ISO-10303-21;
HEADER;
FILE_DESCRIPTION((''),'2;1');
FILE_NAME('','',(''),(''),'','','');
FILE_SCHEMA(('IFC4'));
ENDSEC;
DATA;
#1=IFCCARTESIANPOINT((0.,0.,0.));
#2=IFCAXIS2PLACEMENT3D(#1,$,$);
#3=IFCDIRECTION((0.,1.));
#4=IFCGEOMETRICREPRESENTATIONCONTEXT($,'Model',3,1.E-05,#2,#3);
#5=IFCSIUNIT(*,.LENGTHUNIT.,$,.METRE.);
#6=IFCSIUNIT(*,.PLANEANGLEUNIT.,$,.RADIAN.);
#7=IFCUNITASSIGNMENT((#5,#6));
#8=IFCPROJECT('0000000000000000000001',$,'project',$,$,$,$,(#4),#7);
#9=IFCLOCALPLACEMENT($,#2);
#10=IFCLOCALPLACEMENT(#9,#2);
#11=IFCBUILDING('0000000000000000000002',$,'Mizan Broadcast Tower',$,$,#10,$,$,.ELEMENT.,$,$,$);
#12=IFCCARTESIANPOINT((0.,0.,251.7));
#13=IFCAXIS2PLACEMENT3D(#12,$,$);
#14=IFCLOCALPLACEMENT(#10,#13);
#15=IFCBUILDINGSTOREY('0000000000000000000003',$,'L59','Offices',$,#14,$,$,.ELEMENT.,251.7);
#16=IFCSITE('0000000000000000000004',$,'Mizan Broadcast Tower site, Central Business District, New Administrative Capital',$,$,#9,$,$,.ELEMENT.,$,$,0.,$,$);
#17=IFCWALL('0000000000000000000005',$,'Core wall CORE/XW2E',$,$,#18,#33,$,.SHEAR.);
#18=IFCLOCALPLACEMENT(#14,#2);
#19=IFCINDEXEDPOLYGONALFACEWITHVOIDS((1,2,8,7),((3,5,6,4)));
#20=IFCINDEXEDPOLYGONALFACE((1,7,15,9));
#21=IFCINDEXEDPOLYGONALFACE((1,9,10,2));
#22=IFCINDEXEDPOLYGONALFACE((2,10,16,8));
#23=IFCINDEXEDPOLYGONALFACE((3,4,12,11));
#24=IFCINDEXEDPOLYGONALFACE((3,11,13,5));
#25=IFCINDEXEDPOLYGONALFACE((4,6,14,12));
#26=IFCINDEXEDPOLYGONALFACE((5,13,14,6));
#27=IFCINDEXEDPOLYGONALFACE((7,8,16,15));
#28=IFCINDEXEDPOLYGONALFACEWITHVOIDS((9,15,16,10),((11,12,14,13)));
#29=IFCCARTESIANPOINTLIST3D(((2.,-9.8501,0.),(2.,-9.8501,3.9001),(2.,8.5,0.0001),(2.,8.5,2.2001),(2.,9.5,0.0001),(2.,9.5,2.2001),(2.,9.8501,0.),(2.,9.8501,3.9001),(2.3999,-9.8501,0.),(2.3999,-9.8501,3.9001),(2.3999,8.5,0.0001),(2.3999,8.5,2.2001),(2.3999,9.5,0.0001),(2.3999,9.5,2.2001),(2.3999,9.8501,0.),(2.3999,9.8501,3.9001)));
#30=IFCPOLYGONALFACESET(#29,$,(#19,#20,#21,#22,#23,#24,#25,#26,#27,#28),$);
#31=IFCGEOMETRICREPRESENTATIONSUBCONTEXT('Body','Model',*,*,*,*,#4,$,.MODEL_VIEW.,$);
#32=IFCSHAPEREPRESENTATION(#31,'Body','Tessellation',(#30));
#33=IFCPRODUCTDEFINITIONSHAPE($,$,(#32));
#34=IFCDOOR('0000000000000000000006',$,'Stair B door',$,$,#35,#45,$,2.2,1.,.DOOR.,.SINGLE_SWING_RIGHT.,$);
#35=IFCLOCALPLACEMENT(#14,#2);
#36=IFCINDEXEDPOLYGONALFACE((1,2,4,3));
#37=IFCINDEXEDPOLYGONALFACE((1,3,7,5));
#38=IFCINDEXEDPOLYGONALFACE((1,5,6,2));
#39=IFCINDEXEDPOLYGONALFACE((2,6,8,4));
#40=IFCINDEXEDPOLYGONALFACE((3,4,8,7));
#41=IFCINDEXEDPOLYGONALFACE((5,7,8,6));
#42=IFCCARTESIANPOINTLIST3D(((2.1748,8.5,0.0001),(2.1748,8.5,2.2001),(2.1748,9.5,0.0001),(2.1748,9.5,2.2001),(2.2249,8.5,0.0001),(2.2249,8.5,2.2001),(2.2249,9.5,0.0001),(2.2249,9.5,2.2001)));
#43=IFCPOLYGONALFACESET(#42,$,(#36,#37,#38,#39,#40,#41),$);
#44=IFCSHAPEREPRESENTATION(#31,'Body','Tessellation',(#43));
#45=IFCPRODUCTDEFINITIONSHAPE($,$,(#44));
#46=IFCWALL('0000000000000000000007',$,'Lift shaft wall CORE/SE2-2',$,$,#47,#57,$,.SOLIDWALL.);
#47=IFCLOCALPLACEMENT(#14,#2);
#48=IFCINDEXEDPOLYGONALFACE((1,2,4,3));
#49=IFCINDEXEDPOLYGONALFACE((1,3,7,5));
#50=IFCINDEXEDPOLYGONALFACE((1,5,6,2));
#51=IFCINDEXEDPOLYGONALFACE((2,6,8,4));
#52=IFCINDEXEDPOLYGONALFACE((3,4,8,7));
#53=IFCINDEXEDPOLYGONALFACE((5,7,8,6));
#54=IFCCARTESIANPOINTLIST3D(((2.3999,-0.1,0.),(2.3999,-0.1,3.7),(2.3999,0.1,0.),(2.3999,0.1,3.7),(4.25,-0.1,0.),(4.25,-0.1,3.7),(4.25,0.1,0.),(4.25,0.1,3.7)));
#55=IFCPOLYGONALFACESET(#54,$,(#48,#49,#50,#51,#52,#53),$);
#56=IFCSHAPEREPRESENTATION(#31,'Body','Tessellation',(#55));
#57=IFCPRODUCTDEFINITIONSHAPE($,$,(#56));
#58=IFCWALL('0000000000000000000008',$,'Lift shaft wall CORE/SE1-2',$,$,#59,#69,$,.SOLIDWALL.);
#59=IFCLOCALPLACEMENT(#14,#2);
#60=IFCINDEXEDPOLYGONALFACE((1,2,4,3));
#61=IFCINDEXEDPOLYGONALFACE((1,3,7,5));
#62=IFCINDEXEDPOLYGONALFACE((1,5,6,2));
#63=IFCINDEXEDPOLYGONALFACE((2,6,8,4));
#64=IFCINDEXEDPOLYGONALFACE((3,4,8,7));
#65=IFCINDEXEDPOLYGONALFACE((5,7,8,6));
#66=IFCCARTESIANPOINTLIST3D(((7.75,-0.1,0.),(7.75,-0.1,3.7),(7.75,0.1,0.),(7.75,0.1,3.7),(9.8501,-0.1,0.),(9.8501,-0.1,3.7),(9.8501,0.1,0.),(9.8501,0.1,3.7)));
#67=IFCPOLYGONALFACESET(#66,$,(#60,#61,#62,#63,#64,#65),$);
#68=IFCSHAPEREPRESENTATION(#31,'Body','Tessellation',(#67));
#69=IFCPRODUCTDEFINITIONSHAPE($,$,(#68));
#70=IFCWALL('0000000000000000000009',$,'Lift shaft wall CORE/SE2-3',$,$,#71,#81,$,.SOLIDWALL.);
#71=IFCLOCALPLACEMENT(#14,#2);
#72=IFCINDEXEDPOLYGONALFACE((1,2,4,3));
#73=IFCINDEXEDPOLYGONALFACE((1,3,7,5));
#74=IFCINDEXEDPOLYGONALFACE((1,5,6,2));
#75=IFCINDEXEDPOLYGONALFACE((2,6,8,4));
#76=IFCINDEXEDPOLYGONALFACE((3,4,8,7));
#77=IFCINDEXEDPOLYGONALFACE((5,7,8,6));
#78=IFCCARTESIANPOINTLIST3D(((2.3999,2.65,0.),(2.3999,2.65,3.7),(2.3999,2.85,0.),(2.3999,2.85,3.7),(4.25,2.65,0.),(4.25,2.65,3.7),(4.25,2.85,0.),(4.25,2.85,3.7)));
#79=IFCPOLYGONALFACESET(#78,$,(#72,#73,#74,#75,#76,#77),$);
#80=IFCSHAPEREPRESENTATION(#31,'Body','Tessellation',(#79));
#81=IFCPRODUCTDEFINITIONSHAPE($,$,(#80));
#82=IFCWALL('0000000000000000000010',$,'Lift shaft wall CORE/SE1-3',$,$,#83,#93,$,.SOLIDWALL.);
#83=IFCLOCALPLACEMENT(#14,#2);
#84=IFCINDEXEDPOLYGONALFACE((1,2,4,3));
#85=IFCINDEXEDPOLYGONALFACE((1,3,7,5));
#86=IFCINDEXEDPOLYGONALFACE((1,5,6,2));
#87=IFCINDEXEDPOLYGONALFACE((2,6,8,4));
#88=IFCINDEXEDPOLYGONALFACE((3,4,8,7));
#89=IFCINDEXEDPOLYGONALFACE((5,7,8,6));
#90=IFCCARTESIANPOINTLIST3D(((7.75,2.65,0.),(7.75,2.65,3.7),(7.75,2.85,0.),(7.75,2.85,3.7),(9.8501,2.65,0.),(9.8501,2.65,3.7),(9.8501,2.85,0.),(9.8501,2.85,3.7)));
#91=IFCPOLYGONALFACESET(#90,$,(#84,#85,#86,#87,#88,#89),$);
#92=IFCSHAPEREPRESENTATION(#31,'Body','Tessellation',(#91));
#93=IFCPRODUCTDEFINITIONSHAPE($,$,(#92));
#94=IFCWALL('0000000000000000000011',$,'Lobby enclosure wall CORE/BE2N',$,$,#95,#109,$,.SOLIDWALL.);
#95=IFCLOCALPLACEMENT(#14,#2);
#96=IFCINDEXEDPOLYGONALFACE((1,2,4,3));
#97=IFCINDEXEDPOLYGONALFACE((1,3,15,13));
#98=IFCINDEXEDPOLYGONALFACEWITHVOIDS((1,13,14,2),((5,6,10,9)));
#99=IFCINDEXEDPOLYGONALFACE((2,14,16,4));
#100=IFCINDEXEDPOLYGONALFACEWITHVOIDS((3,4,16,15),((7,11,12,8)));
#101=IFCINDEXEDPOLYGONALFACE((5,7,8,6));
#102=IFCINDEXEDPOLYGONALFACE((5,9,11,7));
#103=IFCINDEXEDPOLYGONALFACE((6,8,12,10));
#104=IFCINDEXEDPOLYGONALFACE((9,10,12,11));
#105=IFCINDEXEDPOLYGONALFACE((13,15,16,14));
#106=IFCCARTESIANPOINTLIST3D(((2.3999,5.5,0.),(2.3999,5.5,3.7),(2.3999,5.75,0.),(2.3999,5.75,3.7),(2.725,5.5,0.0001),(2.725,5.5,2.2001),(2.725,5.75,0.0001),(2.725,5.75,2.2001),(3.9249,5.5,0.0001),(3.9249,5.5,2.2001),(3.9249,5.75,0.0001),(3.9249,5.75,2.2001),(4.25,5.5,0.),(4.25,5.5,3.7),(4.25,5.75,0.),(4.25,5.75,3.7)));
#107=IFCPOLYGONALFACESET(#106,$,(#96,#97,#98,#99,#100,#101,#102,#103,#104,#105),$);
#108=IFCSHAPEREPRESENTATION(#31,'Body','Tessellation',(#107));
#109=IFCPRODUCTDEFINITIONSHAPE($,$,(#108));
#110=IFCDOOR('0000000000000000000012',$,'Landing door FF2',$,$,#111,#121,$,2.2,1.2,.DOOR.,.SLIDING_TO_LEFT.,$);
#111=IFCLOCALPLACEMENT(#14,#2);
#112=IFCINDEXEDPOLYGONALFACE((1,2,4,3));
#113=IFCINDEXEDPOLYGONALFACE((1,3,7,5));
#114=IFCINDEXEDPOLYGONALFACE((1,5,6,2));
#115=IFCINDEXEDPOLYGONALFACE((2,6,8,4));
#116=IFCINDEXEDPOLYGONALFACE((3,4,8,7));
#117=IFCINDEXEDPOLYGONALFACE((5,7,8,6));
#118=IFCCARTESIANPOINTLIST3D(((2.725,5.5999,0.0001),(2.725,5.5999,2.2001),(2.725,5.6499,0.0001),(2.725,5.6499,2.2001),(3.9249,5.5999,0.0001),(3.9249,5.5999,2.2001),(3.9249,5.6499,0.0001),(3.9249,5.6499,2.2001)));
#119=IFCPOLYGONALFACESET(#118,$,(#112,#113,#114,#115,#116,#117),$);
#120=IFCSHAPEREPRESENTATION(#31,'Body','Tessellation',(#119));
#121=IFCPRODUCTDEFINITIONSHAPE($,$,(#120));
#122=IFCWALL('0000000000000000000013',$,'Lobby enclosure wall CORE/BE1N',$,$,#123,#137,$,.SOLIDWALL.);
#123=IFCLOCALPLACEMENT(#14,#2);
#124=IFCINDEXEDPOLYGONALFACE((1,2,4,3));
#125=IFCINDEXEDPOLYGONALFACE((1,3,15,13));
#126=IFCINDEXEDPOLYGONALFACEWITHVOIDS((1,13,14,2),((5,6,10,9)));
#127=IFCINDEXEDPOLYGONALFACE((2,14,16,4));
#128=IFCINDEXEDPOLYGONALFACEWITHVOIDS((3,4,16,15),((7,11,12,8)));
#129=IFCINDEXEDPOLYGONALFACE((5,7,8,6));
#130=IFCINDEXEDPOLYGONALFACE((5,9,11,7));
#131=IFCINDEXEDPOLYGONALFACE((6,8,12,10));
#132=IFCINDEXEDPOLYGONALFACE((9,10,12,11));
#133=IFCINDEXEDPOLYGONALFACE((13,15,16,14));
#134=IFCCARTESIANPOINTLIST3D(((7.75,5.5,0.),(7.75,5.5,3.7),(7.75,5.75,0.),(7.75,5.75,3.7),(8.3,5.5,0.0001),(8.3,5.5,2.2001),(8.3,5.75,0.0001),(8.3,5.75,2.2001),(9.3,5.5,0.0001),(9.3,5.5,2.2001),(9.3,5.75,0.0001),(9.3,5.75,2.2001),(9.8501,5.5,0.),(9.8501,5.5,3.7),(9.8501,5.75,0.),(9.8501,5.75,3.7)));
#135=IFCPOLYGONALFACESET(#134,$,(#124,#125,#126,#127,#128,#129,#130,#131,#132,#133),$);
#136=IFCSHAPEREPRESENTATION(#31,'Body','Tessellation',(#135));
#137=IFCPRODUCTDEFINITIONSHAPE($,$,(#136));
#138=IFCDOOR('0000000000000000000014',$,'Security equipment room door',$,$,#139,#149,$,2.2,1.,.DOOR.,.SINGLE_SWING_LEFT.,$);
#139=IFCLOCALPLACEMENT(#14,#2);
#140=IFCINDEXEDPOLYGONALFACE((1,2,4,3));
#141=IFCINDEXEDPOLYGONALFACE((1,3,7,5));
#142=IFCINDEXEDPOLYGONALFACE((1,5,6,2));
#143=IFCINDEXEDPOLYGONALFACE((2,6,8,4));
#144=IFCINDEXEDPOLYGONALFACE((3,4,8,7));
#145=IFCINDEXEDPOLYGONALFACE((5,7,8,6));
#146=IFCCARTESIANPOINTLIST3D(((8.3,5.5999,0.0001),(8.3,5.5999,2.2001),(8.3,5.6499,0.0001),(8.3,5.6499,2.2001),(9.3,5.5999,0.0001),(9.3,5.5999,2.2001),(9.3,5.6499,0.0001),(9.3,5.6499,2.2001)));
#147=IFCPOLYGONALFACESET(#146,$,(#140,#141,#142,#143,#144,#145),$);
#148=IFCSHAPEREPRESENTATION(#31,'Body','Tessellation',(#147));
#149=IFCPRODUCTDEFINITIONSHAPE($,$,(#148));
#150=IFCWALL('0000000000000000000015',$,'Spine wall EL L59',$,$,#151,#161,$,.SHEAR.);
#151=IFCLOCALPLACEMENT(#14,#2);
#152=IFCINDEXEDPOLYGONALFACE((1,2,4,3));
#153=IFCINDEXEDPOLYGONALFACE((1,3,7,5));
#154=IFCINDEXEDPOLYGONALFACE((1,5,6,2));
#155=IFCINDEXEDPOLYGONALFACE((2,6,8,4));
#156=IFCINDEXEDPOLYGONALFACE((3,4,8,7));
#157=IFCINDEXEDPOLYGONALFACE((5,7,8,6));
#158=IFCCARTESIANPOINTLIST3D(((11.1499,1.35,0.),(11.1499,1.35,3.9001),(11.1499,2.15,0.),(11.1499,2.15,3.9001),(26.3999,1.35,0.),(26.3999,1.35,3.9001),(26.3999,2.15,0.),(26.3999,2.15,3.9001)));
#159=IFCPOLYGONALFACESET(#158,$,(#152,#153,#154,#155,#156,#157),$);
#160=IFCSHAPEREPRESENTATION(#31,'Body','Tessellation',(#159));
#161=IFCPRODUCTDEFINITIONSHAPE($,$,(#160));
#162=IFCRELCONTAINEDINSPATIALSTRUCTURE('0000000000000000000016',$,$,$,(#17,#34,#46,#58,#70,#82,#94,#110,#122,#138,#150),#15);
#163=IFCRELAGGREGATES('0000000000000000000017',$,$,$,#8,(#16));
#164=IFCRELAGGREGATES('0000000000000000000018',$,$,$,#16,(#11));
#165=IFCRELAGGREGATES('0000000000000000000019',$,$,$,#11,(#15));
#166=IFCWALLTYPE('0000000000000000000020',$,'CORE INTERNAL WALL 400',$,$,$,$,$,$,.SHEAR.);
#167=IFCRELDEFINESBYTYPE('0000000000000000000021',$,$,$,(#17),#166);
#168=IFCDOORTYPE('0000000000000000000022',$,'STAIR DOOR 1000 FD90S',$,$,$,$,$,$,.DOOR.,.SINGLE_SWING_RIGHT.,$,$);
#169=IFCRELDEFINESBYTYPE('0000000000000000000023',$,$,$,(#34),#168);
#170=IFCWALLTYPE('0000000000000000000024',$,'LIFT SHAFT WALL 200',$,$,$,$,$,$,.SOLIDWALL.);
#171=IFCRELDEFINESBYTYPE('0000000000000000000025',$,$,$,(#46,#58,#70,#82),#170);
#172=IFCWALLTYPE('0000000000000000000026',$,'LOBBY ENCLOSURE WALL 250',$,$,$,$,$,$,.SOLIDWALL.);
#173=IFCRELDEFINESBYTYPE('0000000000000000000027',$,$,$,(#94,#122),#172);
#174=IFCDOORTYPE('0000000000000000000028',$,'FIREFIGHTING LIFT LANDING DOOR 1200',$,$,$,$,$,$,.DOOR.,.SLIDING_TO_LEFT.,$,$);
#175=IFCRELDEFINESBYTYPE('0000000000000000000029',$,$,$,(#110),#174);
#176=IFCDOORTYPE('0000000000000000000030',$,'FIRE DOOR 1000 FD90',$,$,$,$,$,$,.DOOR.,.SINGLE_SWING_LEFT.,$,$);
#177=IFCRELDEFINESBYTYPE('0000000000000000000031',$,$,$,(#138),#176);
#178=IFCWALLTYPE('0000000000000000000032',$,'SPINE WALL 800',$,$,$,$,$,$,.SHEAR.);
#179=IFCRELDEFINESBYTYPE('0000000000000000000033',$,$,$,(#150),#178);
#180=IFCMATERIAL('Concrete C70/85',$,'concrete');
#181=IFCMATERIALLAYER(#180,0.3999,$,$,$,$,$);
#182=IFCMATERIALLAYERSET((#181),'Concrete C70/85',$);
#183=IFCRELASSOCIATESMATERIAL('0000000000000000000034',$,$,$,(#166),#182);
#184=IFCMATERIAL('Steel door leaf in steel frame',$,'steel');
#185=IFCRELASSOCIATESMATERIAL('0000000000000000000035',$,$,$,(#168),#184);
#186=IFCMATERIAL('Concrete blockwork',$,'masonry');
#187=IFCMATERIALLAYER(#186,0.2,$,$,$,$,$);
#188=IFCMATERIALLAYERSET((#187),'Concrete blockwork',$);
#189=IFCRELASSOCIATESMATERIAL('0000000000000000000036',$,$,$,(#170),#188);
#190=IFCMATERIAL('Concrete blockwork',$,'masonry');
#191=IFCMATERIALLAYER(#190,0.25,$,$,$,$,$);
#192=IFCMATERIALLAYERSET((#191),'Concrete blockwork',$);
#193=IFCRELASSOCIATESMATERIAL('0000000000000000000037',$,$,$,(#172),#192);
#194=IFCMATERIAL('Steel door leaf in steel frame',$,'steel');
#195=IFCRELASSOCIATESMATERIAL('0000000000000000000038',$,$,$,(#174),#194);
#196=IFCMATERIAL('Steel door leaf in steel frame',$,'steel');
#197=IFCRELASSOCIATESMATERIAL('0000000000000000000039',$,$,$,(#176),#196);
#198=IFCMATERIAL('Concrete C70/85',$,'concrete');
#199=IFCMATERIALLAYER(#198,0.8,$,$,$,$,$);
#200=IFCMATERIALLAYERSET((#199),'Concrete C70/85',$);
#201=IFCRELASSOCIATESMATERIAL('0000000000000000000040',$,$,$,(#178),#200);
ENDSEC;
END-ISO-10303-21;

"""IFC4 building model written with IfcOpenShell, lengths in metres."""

from ifc_helpers import new_model, si_unit, direction, frame, frame_2d, origin, place, context, subcontext, project, spatial, rectangle, extrude, material, layer, layer_set, type_object, element, fill, save


model = new_model("IFC4")

# Units and contexts
model_context = context("Model", 3, precision=1e-05, world=origin(), true_north=direction((0.0, 1.0)))
body_context = subcontext(model_context, "Body", "Model", "MODEL_VIEW")
ifc_project = project(units=[si_unit("LENGTHUNIT", "METRE"), si_unit("PLANEANGLEUNIT", "RADIAN")], contexts=[model_context])

# Site, building, storey
site_placement = place(None, origin())
site = spatial("IfcSite", under=ifc_project, at=site_placement, Name="Mizan Broadcast Tower site, Central Business District, New Administrative Capital", CompositionType="ELEMENT", RefElevation=0.0)
building_placement = place(site_placement, origin())
building = spatial("IfcBuilding", under=site, at=building_placement, Name="Mizan Broadcast Tower", CompositionType="ELEMENT")
storey_placement = place(building_placement, frame((0.0, 0.0, 251.7)))
storey = spatial("IfcBuildingStorey", under=building, at=storey_placement, Name="L59", Description="Offices", CompositionType="ELEMENT", Elevation=251.7)

# Wall, opening, door
ifc_material_1 = material(Name="Concrete C70/85", Category="concrete")
ifc_layer_1 = layer(ifc_material_1, 0.3999)
ifc_layer_set_1 = layer_set([ifc_layer_1], Name="Concrete C70/85")
wall_type_1 = type_object("IfcWallType", Name="CORE INTERNAL WALL 400", PredefinedType="SHEAR", material=ifc_layer_set_1)
wall_1_placement = place(storey_placement, frame((2.2, 9.8501, 0.0), z_axis=(0.0, 0.0, 1.0), x_axis=(0.0, -1.0, 0.0)))
wall_1 = element("IfcWall", 1, at=wall_1_placement, inside=storey, type_object=wall_type_1, Name="Core wall CORE/XW2E", PredefinedType="SHEAR", context=body_context, shape_type="SweptSolid", body=[
    extrude(rectangle(XDim=19.7002, YDim=0.3999, at=frame_2d((9.8501, 0.0))), origin(), (0.0, 0.0, 1.0), 3.9001),
])
opening_1_placement = place(wall_1_placement, frame((0.3501, 0.0, 0.0)))
opening_1 = element("IfcOpeningElement", 2, at=opening_1_placement, cuts=wall_1, PredefinedType="OPENING", context=body_context, shape_type="SweptSolid", body=[
    extrude(rectangle(XDim=1.0, YDim=2.2, at=frame_2d((0.5, 1.1001))), frame((0.0, 0.21, 0.0), z_axis=(0.0, -1.0, 0.0), x_axis=(1.0, 0.0, 0.0)), (0.0, 0.0, 1.0), 0.4199),
])
ifc_material_2 = material(Name="Steel door leaf in steel frame", Category="steel")
door_type_1 = type_object("IfcDoorType", Name="STAIR DOOR 1000 FD90S", OperationType="SINGLE_SWING_RIGHT", PredefinedType="DOOR", material=ifc_material_2)
door_1_placement = place(opening_1_placement, origin())
door_1 = element("IfcDoor", 3, at=door_1_placement, inside=storey, type_object=door_type_1, Name="Stair B door", OperationType="SINGLE_SWING_RIGHT", OverallHeight=2.2, OverallWidth=1.0, PredefinedType="DOOR", context=body_context, shape_type="SweptSolid", body=[
    extrude(rectangle(XDim=1.0, YDim=2.2, at=frame_2d((0.5, 1.1001))), frame((0.0, 0.0249, 0.0), z_axis=(0.0, -1.0, 0.0), x_axis=(1.0, 0.0, 0.0)), (0.0, 0.0, 1.0), 0.05),
])
fill(opening_1, door_1)

# Walls
ifc_material_3 = material(Name="Concrete blockwork", Category="masonry")
ifc_layer_2 = layer(ifc_material_3, 0.2)
ifc_layer_set_2 = layer_set([ifc_layer_2], Name="Concrete blockwork")
wall_type_2 = type_object("IfcWallType", Name="LIFT SHAFT WALL 200", PredefinedType="SOLIDWALL", material=ifc_layer_set_2)
wall_2_placement = place(storey_placement, frame((2.3999, 0.0, 0.0), z_axis=(0.0, 0.0, 1.0), x_axis=(1.0, 0.0, 0.0)))
element("IfcWall", 4, at=wall_2_placement, inside=storey, type_object=wall_type_2, Name="Lift shaft wall CORE/SE2-2", PredefinedType="SOLIDWALL", context=body_context, shape_type="SweptSolid", body=[
    extrude(rectangle(XDim=1.8501, YDim=0.2, at=frame_2d((0.925, 0.0))), origin(), (0.0, 0.0, 1.0), 3.7),
])
wall_3_placement = place(storey_placement, frame((7.75, 0.0, 0.0), z_axis=(0.0, 0.0, 1.0), x_axis=(1.0, 0.0, 0.0)))
element("IfcWall", 5, at=wall_3_placement, inside=storey, type_object=wall_type_2, Name="Lift shaft wall CORE/SE1-2", PredefinedType="SOLIDWALL", context=body_context, shape_type="SweptSolid", body=[
    extrude(rectangle(XDim=2.1001, YDim=0.2, at=frame_2d((1.05, 0.0))), origin(), (0.0, 0.0, 1.0), 3.7),
])
wall_4_placement = place(storey_placement, frame((2.3999, 2.75, 0.0), z_axis=(0.0, 0.0, 1.0), x_axis=(1.0, 0.0, 0.0)))
element("IfcWall", 6, at=wall_4_placement, inside=storey, type_object=wall_type_2, Name="Lift shaft wall CORE/SE2-3", PredefinedType="SOLIDWALL", context=body_context, shape_type="SweptSolid", body=[
    extrude(rectangle(XDim=1.8501, YDim=0.2, at=frame_2d((0.925, 0.0))), origin(), (0.0, 0.0, 1.0), 3.7),
])
wall_5_placement = place(storey_placement, frame((7.75, 2.75, 0.0), z_axis=(0.0, 0.0, 1.0), x_axis=(1.0, 0.0, 0.0)))
element("IfcWall", 7, at=wall_5_placement, inside=storey, type_object=wall_type_2, Name="Lift shaft wall CORE/SE1-3", PredefinedType="SOLIDWALL", context=body_context, shape_type="SweptSolid", body=[
    extrude(rectangle(XDim=2.1001, YDim=0.2, at=frame_2d((1.05, 0.0))), origin(), (0.0, 0.0, 1.0), 3.7),
])

# Walls, openings, doors
ifc_material_4 = material(Name="Concrete blockwork", Category="masonry")
ifc_layer_3 = layer(ifc_material_4, 0.25)
ifc_layer_set_3 = layer_set([ifc_layer_3], Name="Concrete blockwork")
wall_type_3 = type_object("IfcWallType", Name="LOBBY ENCLOSURE WALL 250", PredefinedType="SOLIDWALL", material=ifc_layer_set_3)
wall_6_placement = place(storey_placement, frame((2.3999, 5.625, 0.0), z_axis=(0.0, 0.0, 1.0), x_axis=(1.0, 0.0, 0.0)))
wall_6 = element("IfcWall", 8, at=wall_6_placement, inside=storey, type_object=wall_type_3, Name="Lobby enclosure wall CORE/BE2N", PredefinedType="SOLIDWALL", context=body_context, shape_type="SweptSolid", body=[
    extrude(rectangle(XDim=1.8501, YDim=0.25, at=frame_2d((0.925, 0.0))), origin(), (0.0, 0.0, 1.0), 3.7),
])
opening_2_placement = place(wall_6_placement, frame((0.325, 0.0, 0.0)))
opening_2 = element("IfcOpeningElement", 9, at=opening_2_placement, cuts=wall_6, PredefinedType="OPENING", context=body_context, shape_type="SweptSolid", body=[
    extrude(rectangle(XDim=1.2, YDim=2.2, at=frame_2d((0.6001, 1.1001))), frame((0.0, 0.135, 0.0), z_axis=(0.0, -1.0, 0.0), x_axis=(1.0, 0.0, 0.0)), (0.0, 0.0, 1.0), 0.27),
])
ifc_material_5 = material(Name="Steel door leaf in steel frame", Category="steel")
door_type_2 = type_object("IfcDoorType", Name="FIREFIGHTING LIFT LANDING DOOR 1200", OperationType="SLIDING_TO_LEFT", PredefinedType="DOOR", material=ifc_material_5)
door_2_placement = place(opening_2_placement, origin())
door_2 = element("IfcDoor", 10, at=door_2_placement, inside=storey, type_object=door_type_2, Name="Landing door FF2", OperationType="SLIDING_TO_LEFT", OverallHeight=2.2, OverallWidth=1.2, PredefinedType="DOOR", context=body_context, shape_type="SweptSolid", body=[
    extrude(rectangle(XDim=1.2, YDim=2.2, at=frame_2d((0.6001, 1.1001))), frame((0.0, 0.0249, 0.0), z_axis=(0.0, -1.0, 0.0), x_axis=(1.0, 0.0, 0.0)), (0.0, 0.0, 1.0), 0.05),
])
fill(opening_2, door_2)
wall_7_placement = place(storey_placement, frame((7.75, 5.625, 0.0), z_axis=(0.0, 0.0, 1.0), x_axis=(1.0, 0.0, 0.0)))
wall_7 = element("IfcWall", 11, at=wall_7_placement, inside=storey, type_object=wall_type_3, Name="Lobby enclosure wall CORE/BE1N", PredefinedType="SOLIDWALL", context=body_context, shape_type="SweptSolid", body=[
    extrude(rectangle(XDim=2.1001, YDim=0.25, at=frame_2d((1.05, 0.0))), origin(), (0.0, 0.0, 1.0), 3.7),
])
opening_3_placement = place(wall_7_placement, frame((0.55, 0.0, 0.0)))
opening_3 = element("IfcOpeningElement", 12, at=opening_3_placement, cuts=wall_7, PredefinedType="OPENING", context=body_context, shape_type="SweptSolid", body=[
    extrude(rectangle(XDim=1.0, YDim=2.2, at=frame_2d((0.5, 1.1001))), frame((0.0, 0.135, 0.0), z_axis=(0.0, -1.0, 0.0), x_axis=(1.0, 0.0, 0.0)), (0.0, 0.0, 1.0), 0.27),
])
ifc_material_6 = material(Name="Steel door leaf in steel frame", Category="steel")
door_type_3 = type_object("IfcDoorType", Name="FIRE DOOR 1000 FD90", OperationType="SINGLE_SWING_LEFT", PredefinedType="DOOR", material=ifc_material_6)
door_3_placement = place(opening_3_placement, origin())
door_3 = element("IfcDoor", 13, at=door_3_placement, inside=storey, type_object=door_type_3, Name="Security equipment room door", OperationType="SINGLE_SWING_LEFT", OverallHeight=2.2, OverallWidth=1.0, PredefinedType="DOOR", context=body_context, shape_type="SweptSolid", body=[
    extrude(rectangle(XDim=1.0, YDim=2.2, at=frame_2d((0.5, 1.1001))), frame((0.0, 0.0249, 0.0), z_axis=(0.0, -1.0, 0.0), x_axis=(1.0, 0.0, 0.0)), (0.0, 0.0, 1.0), 0.05),
])
fill(opening_3, door_3)

# Wall
ifc_material_7 = material(Name="Concrete C70/85", Category="concrete")
ifc_layer_4 = layer(ifc_material_7, 0.8)
ifc_layer_set_4 = layer_set([ifc_layer_4], Name="Concrete C70/85")
wall_type_4 = type_object("IfcWallType", Name="SPINE WALL 800", PredefinedType="SHEAR", material=ifc_layer_set_4)
wall_8_placement = place(storey_placement, frame((11.1499, 1.75, 0.0), z_axis=(0.0, 0.0, 1.0), x_axis=(1.0, 0.0, 0.0)))
element("IfcWall", 14, at=wall_8_placement, inside=storey, type_object=wall_type_4, Name="Spine wall EL L59", PredefinedType="SHEAR", context=body_context, shape_type="SweptSolid", body=[
    extrude(rectangle(XDim=15.25, YDim=0.8, at=frame_2d((7.625, 0.0))), origin(), (0.0, 0.0, 1.0), 3.9001),
])

save(model, "model.ifc")
